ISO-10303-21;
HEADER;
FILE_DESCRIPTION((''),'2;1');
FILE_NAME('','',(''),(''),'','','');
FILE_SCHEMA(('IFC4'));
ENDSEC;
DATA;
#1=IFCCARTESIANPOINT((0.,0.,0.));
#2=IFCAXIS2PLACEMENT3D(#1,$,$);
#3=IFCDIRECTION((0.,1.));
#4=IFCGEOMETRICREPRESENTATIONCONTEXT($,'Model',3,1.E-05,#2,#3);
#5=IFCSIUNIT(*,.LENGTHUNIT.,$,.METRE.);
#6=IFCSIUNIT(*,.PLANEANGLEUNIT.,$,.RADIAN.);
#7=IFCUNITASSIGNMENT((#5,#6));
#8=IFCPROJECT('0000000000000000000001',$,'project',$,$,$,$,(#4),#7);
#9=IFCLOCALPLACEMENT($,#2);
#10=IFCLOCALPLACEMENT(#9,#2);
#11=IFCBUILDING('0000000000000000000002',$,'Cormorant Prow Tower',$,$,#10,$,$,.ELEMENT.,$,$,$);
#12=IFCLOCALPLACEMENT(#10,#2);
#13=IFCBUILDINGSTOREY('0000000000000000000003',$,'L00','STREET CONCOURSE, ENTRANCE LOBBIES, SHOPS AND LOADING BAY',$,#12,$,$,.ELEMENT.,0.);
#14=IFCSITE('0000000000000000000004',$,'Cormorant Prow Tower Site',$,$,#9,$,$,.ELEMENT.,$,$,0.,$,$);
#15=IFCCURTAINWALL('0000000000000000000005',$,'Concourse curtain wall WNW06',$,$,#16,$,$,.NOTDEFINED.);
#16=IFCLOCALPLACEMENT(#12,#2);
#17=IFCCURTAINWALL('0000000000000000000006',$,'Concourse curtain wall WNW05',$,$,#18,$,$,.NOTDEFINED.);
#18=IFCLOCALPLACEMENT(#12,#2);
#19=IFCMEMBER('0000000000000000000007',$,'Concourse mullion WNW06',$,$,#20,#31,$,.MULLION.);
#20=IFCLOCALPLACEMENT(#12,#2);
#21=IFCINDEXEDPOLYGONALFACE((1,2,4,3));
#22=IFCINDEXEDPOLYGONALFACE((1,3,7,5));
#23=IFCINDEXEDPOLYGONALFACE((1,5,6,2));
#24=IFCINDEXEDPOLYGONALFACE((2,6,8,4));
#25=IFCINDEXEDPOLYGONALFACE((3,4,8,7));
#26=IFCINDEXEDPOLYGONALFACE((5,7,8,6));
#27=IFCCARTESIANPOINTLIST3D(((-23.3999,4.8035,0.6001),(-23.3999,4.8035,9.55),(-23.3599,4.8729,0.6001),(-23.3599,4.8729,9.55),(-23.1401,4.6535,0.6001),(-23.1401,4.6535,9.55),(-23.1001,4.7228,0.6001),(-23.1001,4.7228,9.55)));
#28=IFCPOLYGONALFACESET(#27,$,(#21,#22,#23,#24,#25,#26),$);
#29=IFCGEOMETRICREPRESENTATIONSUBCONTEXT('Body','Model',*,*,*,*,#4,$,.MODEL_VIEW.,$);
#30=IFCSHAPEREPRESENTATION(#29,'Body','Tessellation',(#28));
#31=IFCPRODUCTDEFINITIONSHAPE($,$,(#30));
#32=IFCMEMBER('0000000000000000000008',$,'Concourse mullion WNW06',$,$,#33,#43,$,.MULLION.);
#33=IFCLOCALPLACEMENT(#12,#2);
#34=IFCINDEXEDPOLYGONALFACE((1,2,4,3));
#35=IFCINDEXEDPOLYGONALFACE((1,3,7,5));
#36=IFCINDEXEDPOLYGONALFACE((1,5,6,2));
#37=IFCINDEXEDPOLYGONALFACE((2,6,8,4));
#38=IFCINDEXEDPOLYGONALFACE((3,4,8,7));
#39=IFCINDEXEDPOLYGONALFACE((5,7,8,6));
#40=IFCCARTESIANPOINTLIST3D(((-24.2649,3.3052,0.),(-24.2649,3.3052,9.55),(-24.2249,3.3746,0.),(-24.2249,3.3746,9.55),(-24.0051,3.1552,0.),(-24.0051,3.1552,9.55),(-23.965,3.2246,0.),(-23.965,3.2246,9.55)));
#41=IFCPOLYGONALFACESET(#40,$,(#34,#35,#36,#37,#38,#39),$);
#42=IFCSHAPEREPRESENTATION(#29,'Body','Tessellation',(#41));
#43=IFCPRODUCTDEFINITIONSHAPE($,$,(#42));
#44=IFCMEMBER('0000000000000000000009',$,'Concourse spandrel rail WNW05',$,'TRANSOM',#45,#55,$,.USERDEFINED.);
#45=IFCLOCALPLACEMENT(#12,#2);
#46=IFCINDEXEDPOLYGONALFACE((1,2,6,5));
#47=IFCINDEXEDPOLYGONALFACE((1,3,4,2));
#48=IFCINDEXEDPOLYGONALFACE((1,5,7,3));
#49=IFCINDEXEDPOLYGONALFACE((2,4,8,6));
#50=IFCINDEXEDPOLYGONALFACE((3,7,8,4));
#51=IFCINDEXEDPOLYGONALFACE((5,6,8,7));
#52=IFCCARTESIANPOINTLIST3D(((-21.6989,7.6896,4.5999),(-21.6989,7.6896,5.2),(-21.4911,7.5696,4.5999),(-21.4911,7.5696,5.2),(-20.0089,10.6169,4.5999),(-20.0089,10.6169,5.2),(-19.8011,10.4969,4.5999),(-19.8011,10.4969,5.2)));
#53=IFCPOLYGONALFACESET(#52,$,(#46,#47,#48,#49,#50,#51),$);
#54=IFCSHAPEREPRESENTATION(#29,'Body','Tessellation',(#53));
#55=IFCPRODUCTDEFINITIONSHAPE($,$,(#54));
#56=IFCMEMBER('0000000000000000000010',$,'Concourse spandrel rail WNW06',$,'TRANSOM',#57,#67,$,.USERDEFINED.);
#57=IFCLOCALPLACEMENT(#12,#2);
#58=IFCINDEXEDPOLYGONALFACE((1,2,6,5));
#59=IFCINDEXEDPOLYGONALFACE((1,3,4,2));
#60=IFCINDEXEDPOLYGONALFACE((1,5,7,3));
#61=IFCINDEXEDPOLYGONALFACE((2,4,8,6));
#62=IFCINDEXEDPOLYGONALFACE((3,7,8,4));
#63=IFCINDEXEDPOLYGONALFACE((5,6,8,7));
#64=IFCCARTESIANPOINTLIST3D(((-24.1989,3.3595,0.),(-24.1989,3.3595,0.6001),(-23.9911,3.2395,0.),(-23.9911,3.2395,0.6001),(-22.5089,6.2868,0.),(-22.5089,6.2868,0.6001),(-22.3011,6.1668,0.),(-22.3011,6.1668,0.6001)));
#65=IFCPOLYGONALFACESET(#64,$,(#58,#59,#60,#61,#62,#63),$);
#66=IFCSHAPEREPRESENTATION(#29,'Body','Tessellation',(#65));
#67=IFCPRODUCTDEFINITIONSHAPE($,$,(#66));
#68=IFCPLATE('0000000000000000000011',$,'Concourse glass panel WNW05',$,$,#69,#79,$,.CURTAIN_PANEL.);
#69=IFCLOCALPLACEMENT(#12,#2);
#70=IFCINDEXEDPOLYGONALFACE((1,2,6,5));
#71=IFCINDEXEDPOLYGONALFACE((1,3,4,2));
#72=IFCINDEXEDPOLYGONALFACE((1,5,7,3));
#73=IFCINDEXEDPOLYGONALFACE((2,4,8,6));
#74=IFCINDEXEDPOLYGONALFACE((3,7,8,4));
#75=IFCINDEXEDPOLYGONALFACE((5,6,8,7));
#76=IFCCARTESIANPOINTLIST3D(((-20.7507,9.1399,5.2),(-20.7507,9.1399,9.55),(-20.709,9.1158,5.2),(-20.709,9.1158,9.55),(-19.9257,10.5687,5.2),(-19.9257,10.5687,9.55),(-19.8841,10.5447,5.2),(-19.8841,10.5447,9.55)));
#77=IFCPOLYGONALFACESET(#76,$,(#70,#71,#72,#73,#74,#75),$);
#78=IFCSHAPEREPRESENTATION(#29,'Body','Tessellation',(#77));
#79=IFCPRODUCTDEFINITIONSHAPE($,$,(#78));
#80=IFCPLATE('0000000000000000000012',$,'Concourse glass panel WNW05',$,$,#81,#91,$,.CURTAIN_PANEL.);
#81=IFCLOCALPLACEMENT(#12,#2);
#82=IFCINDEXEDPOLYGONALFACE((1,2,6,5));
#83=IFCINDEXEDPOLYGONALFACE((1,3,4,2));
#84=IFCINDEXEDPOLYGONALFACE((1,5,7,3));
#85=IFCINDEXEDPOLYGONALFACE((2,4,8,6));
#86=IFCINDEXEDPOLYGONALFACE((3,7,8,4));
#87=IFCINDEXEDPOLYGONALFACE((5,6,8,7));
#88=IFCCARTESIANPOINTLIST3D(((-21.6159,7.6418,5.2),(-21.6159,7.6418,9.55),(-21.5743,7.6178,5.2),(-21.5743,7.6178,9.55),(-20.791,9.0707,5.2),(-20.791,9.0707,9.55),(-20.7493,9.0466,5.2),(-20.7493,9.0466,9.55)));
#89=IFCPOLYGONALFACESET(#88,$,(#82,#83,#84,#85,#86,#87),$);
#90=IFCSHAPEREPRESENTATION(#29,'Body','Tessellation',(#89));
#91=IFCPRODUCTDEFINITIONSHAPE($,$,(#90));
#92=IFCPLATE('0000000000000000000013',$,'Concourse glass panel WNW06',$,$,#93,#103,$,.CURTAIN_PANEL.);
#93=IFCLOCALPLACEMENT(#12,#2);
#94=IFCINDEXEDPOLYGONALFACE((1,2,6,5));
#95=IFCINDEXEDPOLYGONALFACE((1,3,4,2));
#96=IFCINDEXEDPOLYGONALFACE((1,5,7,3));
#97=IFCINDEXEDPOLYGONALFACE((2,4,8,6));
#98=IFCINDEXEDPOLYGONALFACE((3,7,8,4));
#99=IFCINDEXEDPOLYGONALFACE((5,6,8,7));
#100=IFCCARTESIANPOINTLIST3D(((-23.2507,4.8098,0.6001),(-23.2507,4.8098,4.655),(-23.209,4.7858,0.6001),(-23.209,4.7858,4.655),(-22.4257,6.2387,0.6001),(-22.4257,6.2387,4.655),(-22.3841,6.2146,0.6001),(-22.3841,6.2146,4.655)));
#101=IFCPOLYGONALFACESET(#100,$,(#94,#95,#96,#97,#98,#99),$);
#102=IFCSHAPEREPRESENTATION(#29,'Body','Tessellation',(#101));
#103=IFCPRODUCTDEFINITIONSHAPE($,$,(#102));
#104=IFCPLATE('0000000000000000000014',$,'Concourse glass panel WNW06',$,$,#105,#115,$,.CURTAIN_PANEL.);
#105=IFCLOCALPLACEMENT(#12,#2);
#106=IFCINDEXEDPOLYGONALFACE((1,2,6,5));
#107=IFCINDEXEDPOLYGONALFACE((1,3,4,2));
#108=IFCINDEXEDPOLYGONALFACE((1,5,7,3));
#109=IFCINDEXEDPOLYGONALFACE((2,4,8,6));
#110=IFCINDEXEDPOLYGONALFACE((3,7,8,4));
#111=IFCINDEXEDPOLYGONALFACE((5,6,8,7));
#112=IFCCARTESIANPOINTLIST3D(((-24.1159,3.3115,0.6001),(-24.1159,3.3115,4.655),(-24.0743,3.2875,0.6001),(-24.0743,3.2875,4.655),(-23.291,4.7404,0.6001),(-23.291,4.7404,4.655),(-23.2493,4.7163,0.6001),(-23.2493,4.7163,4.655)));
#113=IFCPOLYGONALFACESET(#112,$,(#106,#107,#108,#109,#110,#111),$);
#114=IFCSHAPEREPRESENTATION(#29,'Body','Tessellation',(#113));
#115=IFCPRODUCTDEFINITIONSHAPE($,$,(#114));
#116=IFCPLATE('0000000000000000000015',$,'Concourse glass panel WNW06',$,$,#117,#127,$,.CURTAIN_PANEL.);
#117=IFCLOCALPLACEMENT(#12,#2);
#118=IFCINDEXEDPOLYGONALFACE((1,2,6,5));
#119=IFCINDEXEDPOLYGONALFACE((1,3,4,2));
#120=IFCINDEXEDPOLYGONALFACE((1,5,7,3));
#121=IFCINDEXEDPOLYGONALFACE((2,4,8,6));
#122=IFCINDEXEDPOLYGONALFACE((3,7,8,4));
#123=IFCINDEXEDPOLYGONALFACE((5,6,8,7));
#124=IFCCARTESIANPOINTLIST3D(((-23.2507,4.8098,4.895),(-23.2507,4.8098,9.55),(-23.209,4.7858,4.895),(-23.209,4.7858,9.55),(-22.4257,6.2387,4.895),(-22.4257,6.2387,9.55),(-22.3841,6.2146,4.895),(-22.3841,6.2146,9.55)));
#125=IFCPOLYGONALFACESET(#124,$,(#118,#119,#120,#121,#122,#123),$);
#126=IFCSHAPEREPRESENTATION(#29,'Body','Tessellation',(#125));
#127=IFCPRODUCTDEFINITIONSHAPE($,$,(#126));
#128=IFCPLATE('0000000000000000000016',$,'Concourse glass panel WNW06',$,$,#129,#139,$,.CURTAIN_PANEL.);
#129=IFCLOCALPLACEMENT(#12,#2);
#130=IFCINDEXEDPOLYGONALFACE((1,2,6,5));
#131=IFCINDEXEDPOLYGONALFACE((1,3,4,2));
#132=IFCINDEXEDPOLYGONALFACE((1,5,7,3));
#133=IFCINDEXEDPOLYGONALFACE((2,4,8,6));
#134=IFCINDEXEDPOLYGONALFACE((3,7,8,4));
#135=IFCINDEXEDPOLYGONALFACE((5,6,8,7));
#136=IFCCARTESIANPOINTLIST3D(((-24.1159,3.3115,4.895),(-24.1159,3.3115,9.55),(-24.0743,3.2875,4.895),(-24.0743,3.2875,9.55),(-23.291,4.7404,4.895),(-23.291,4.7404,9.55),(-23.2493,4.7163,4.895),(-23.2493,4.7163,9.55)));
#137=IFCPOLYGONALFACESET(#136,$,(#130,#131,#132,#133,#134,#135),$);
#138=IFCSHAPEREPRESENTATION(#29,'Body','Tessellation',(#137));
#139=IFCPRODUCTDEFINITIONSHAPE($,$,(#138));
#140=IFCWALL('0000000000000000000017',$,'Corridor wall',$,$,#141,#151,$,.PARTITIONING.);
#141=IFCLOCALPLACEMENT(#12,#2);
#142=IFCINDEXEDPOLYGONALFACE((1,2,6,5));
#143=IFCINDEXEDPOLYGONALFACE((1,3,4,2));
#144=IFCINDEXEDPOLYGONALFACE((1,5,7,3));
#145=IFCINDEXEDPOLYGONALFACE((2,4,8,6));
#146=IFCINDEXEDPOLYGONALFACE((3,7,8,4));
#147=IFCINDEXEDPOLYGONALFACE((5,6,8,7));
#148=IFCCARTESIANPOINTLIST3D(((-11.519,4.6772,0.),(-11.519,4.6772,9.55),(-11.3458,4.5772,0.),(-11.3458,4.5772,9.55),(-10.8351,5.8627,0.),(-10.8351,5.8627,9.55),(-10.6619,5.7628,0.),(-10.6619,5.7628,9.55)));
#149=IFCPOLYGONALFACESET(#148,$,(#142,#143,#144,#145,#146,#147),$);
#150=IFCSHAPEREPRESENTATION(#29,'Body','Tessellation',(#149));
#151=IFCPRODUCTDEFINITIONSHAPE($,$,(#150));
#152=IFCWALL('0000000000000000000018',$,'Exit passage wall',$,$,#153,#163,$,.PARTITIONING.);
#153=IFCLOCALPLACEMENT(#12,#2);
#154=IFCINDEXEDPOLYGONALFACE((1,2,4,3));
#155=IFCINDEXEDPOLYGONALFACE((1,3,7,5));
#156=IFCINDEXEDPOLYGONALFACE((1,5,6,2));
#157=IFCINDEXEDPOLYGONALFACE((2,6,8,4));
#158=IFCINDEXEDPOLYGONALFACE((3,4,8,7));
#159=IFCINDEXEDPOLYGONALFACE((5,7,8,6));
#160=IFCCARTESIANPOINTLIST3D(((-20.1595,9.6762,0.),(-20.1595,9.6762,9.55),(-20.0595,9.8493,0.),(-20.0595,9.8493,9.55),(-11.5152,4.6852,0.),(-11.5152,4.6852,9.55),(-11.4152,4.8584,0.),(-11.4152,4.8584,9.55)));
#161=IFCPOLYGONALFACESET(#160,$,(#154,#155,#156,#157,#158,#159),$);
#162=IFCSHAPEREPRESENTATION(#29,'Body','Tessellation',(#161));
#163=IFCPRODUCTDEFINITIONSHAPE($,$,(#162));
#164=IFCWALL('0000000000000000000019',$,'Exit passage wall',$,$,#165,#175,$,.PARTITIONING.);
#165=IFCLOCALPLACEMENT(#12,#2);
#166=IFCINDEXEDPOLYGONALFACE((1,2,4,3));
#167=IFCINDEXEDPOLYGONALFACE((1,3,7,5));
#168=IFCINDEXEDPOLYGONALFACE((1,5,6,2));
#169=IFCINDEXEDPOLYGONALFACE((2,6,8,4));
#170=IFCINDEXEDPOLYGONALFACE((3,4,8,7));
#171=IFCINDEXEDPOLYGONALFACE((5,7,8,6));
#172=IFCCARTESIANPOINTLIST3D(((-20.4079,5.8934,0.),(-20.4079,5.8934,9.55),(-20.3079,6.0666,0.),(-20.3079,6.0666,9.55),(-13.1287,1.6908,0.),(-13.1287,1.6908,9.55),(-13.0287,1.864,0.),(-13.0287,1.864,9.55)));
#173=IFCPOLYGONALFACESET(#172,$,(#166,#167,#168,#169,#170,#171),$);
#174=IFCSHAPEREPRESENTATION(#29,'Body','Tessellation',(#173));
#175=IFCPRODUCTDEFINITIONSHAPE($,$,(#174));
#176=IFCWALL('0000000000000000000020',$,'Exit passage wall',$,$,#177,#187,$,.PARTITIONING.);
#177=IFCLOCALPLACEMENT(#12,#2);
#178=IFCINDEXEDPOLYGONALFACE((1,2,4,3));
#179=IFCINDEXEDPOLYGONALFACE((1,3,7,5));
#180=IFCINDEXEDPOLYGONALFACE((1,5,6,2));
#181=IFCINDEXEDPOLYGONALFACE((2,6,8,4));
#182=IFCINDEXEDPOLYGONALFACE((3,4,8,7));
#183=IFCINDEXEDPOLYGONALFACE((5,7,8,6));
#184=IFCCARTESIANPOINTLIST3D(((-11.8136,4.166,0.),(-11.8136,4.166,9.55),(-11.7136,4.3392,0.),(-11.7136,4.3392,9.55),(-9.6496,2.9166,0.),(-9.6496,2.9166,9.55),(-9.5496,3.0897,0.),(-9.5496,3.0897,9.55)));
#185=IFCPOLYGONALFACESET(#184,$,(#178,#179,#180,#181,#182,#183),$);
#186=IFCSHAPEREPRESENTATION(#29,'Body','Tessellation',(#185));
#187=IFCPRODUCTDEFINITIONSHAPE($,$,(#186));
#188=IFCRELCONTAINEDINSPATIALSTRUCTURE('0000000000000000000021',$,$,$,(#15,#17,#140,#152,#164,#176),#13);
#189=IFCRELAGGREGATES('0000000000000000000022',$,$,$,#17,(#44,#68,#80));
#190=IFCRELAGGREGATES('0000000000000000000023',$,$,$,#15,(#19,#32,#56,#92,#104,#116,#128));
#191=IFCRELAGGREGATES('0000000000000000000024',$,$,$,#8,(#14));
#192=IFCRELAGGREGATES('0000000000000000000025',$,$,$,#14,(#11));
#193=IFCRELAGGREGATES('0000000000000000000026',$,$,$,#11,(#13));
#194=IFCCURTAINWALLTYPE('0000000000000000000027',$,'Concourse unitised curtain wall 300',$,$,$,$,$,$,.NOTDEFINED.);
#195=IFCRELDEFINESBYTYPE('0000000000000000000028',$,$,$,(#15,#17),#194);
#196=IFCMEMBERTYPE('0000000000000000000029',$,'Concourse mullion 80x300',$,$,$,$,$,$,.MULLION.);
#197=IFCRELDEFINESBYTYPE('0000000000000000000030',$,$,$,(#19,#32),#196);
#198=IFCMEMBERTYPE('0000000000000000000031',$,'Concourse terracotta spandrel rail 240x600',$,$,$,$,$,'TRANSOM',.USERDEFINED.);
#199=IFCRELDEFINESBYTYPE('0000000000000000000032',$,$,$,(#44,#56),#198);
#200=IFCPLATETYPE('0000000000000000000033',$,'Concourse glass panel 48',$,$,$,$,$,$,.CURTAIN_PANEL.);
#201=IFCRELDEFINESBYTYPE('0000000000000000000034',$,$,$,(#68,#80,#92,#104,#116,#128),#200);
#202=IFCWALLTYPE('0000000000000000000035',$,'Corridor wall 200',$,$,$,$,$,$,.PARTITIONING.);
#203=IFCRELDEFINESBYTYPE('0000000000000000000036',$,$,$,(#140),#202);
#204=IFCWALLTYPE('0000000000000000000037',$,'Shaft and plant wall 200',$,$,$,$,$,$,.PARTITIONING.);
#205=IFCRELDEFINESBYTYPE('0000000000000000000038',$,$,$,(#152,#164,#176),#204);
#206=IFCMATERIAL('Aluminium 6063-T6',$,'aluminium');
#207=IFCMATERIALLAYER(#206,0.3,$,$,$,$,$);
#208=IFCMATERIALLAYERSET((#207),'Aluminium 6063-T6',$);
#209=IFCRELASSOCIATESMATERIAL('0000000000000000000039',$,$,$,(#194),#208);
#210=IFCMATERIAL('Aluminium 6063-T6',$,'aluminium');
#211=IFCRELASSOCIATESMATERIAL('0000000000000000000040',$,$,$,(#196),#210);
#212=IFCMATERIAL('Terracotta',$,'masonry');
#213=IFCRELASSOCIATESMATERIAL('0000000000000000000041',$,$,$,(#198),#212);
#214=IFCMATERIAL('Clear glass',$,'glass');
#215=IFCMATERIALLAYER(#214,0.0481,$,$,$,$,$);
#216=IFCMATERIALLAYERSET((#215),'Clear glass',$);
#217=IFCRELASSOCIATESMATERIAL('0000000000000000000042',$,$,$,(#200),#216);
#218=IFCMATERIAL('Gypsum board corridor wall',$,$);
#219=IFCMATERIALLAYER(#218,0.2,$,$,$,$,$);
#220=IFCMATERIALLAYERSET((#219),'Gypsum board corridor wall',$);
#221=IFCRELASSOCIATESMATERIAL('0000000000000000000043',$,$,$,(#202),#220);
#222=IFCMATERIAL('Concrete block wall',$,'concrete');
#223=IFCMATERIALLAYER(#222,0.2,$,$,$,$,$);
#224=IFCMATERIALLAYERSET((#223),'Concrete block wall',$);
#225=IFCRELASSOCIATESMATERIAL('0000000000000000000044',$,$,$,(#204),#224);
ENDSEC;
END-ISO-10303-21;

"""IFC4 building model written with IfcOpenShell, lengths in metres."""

from ifc_helpers import new_model, si_unit, direction, frame, frame_2d, origin, origin_2d, place, context, subcontext, project, spatial, rectangle, extrude, material, layer, layer_set, material_profile, profile_set, type_object, element, aggregate, save


model = new_model("IFC4")

# Units and contexts
model_context = context("Model", 3, precision=1e-05, world=origin(), true_north=direction((0.0, 1.0)))
body_context = subcontext(model_context, "Body", "Model", "MODEL_VIEW")
ifc_project = project(units=[si_unit("LENGTHUNIT", "METRE"), si_unit("PLANEANGLEUNIT", "RADIAN")], contexts=[model_context])

# Site, building, storey
site_placement = place(None, origin())
site = spatial("IfcSite", under=ifc_project, at=site_placement, Name="Cormorant Prow Tower Site", CompositionType="ELEMENT", RefElevation=0.0)
building_placement = place(site_placement, origin())
building = spatial("IfcBuilding", under=site, at=building_placement, Name="Cormorant Prow Tower", CompositionType="ELEMENT")
storey_placement = place(building_placement, origin())
storey = spatial("IfcBuildingStorey", under=building, at=storey_placement, Name="L00", Description="STREET CONCOURSE, ENTRANCE LOBBIES, SHOPS AND LOADING BAY", CompositionType="ELEMENT", Elevation=0.0)

# Curtain wall
ifc_material_1 = material(Name="Aluminium 6063-T6", Category="aluminium")
ifc_layer_1 = layer(ifc_material_1, 0.3)
ifc_layer_set_1 = layer_set([ifc_layer_1], Name="Aluminium 6063-T6")
curtain_wall_type = type_object("IfcCurtainWallType", Name="Concourse unitised curtain wall 300", PredefinedType="NOTDEFINED", material=ifc_layer_set_1)
curtain_wall_1_placement = place(storey_placement, origin())
curtain_wall_1 = element("IfcCurtainWall", 1, at=curtain_wall_1_placement, inside=storey, type_object=curtain_wall_type, Name="Concourse curtain wall WNW06", PredefinedType="NOTDEFINED")

# Shared definitions
ifc_material_2 = material(Name="Aluminium 6063-T6", Category="aluminium")
ifc_material_profile_1 = material_profile(ifc_material_2, rectangle(XDim=0.3, YDim=0.0801, at=origin_2d()), Name="Concourse mullion 80x300")
ifc_profile_set_1 = profile_set([ifc_material_profile_1], Name="Aluminium 6063-T6")
member_type_1 = type_object("IfcMemberType", Name="Concourse mullion 80x300", PredefinedType="MULLION", material=ifc_profile_set_1)

# Curtain wall
curtain_wall_2_placement = place(storey_placement, origin())
curtain_wall_2 = element("IfcCurtainWall", 2, at=curtain_wall_2_placement, inside=storey, type_object=curtain_wall_type, Name="Concourse curtain wall WNW05", PredefinedType="NOTDEFINED")

# Members
member_1_placement = place(storey_placement, frame((-23.25, 4.7632, 0.6001), z_axis=(0.0, 0.0, 1.0), x_axis=(0.866025, -0.5, 0.0)))
member_1 = element("IfcMember", 3, at=member_1_placement, type_object=member_type_1, Name="Concourse mullion WNW06", PredefinedType="MULLION", context=body_context, shape_type="SweptSolid", body=[
    extrude(rectangle(XDim=0.3, YDim=0.0801, at=origin_2d()), origin(), (0.0, 0.0, 1.0), 8.95),
])
member_2_placement = place(storey_placement, frame((-24.115, 3.2649, 0.0), z_axis=(0.0, 0.0, 1.0), x_axis=(0.866025, -0.5, 0.0)))
member_2 = element("IfcMember", 4, at=member_2_placement, type_object=member_type_1, Name="Concourse mullion WNW06", PredefinedType="MULLION", context=body_context, shape_type="SweptSolid", body=[
    extrude(rectangle(XDim=0.3, YDim=0.0801, at=origin_2d()), origin(), (0.0, 0.0, 1.0), 9.55),
])
ifc_material_3 = material(Name="Terracotta", Category="masonry")
ifc_material_profile_2 = material_profile(ifc_material_3, rectangle(XDim=0.24, YDim=0.6001, at=origin_2d()), Name="Concourse terracotta spandrel rail 240x600")
ifc_profile_set_2 = profile_set([ifc_material_profile_2], Name="Terracotta")
member_type_2 = type_object("IfcMemberType", Name="Concourse terracotta spandrel rail 240x600", ElementType="TRANSOM", PredefinedType="USERDEFINED", material=ifc_profile_set_2)
member_3_placement = place(storey_placement, frame((-19.905, 10.5569, 4.8999), z_axis=(-0.499977, -0.866039, 0.0), x_axis=(0.866039, -0.499977, 0.0)))
member_3 = element("IfcMember", 5, at=member_3_placement, type_object=member_type_2, Name="Concourse spandrel rail WNW05", ObjectType="TRANSOM", PredefinedType="USERDEFINED", context=body_context, shape_type="SweptSolid", body=[
    extrude(rectangle(XDim=0.24, YDim=0.6001, at=origin_2d()), origin(), (0.0, 0.0, 1.0), 3.3801),
])
member_4_placement = place(storey_placement, frame((-22.405, 6.2268, 0.3), z_axis=(-0.499977, -0.866039, 0.0), x_axis=(0.866039, -0.499977, 0.0)))
member_4 = element("IfcMember", 6, at=member_4_placement, type_object=member_type_2, Name="Concourse spandrel rail WNW06", ObjectType="TRANSOM", PredefinedType="USERDEFINED", context=body_context, shape_type="SweptSolid", body=[
    extrude(rectangle(XDim=0.24, YDim=0.6001, at=origin_2d()), origin(), (0.0, 0.0, 1.0), 3.3801),
])

# Plates
ifc_material_4 = material(Name="Clear glass", Category="glass")
ifc_layer_2 = layer(ifc_material_4, 0.0481)
ifc_layer_set_2 = layer_set([ifc_layer_2], Name="Clear glass")
plate_type = type_object("IfcPlateType", Name="Concourse glass panel 48", PredefinedType="CURTAIN_PANEL", material=ifc_layer_set_2)
plate_1_placement = place(storey_placement, frame((-20.3174, 9.8423, 5.2), z_axis=(0.0, 0.0, 1.0), x_axis=(-0.5, -0.866025, 0.0)))
plate_1 = element("IfcPlate", 7, at=plate_1_placement, type_object=plate_type, Name="Concourse glass panel WNW05", PredefinedType="CURTAIN_PANEL", context=body_context, shape_type="SweptSolid", body=[
    extrude(rectangle(XDim=1.6499, YDim=0.0481, at=origin_2d()), origin(), (0.0, 0.0, 1.0), 4.3501),
])
plate_2_placement = place(storey_placement, frame((-21.1826, 8.3442, 5.2), z_axis=(0.0, 0.0, 1.0), x_axis=(-0.5, -0.866025, 0.0)))
plate_2 = element("IfcPlate", 8, at=plate_2_placement, type_object=plate_type, Name="Concourse glass panel WNW05", PredefinedType="CURTAIN_PANEL", context=body_context, shape_type="SweptSolid", body=[
    extrude(rectangle(XDim=1.6499, YDim=0.0481, at=origin_2d()), origin(), (0.0, 0.0, 1.0), 4.3501),
])
aggregate(curtain_wall_2, [member_3, plate_1, plate_2])
plate_3_placement = place(storey_placement, frame((-22.8174, 5.5122, 0.6001), z_axis=(0.0, 0.0, 1.0), x_axis=(-0.5, -0.866025, 0.0)))
plate_3 = element("IfcPlate", 9, at=plate_3_placement, type_object=plate_type, Name="Concourse glass panel WNW06", PredefinedType="CURTAIN_PANEL", context=body_context, shape_type="SweptSolid", body=[
    extrude(rectangle(XDim=1.6499, YDim=0.0481, at=origin_2d()), origin(), (0.0, 0.0, 1.0), 4.0549),
])
plate_4_placement = place(storey_placement, frame((-23.6826, 4.0139, 0.6001), z_axis=(0.0, 0.0, 1.0), x_axis=(-0.5, -0.866025, 0.0)))
plate_4 = element("IfcPlate", 10, at=plate_4_placement, type_object=plate_type, Name="Concourse glass panel WNW06", PredefinedType="CURTAIN_PANEL", context=body_context, shape_type="SweptSolid", body=[
    extrude(rectangle(XDim=1.6499, YDim=0.0481, at=origin_2d()), origin(), (0.0, 0.0, 1.0), 4.0549),
])
plate_5_placement = place(storey_placement, frame((-22.8174, 5.5122, 4.895), z_axis=(0.0, 0.0, 1.0), x_axis=(-0.5, -0.866025, 0.0)))
plate_5 = element("IfcPlate", 11, at=plate_5_placement, type_object=plate_type, Name="Concourse glass panel WNW06", PredefinedType="CURTAIN_PANEL", context=body_context, shape_type="SweptSolid", body=[
    extrude(rectangle(XDim=1.6499, YDim=0.0481, at=origin_2d()), origin(), (0.0, 0.0, 1.0), 4.655),
])
plate_6_placement = place(storey_placement, frame((-23.6826, 4.0139, 4.895), z_axis=(0.0, 0.0, 1.0), x_axis=(-0.5, -0.866025, 0.0)))
plate_6 = element("IfcPlate", 12, at=plate_6_placement, type_object=plate_type, Name="Concourse glass panel WNW06", PredefinedType="CURTAIN_PANEL", context=body_context, shape_type="SweptSolid", body=[
    extrude(rectangle(XDim=1.6499, YDim=0.0481, at=origin_2d()), origin(), (0.0, 0.0, 1.0), 4.655),
])
aggregate(curtain_wall_1, [member_1, member_2, member_4, plate_3, plate_4, plate_5, plate_6])

# Walls
ifc_material_5 = material(Name="Gypsum board corridor wall")
ifc_layer_3 = layer(ifc_material_5, 0.2)
ifc_layer_set_3 = layer_set([ifc_layer_3], Name="Gypsum board corridor wall")
wall_type_1 = type_object("IfcWallType", Name="Corridor wall 200", PredefinedType="PARTITIONING", material=ifc_layer_set_3)
wall_1_placement = place(storey_placement, frame((-11.4324, 4.6272, 0.0), z_axis=(0.0, 0.0, 1.0), x_axis=(0.49965, 0.866227, 0.0)))
element("IfcWall", 13, at=wall_1_placement, inside=storey, type_object=wall_type_1, Name="Corridor wall", PredefinedType="PARTITIONING", context=body_context, shape_type="SweptSolid", body=[
    extrude(rectangle(XDim=1.3687, YDim=0.2, at=frame_2d((0.6843, 0.0))), origin(), (0.0, 0.0, 1.0), 9.55),
])
ifc_material_6 = material(Name="Concrete block wall", Category="concrete")
ifc_layer_4 = layer(ifc_material_6, 0.2)
ifc_layer_set_4 = layer_set([ifc_layer_4], Name="Concrete block wall")
wall_type_2 = type_object("IfcWallType", Name="Shaft and plant wall 200", PredefinedType="PARTITIONING", material=ifc_layer_set_4)
wall_2_placement = place(storey_placement, frame((-20.1094, 9.7627, 0.0), z_axis=(0.0, 0.0, 1.0), x_axis=(0.866017, -0.500014, 0.0)))
element("IfcWall", 14, at=wall_2_placement, inside=storey, type_object=wall_type_2, Name="Exit passage wall", PredefinedType="PARTITIONING", context=body_context, shape_type="SweptSolid", body=[
    extrude(rectangle(XDim=9.9817, YDim=0.2, at=frame_2d((4.9907, 0.0))), origin(), (0.0, 0.0, 1.0), 9.55),
])
wall_3_placement = place(storey_placement, frame((-20.3579, 5.98, 0.0), z_axis=(0.0, 0.0, 1.0), x_axis=(0.866029, -0.499994, 0.0)))
element("IfcWall", 15, at=wall_3_placement, inside=storey, type_object=wall_type_2, Name="Exit passage wall", PredefinedType="PARTITIONING", context=body_context, shape_type="SweptSolid", body=[
    extrude(rectangle(XDim=8.4053, YDim=0.2, at=frame_2d((4.2026, 0.0))), origin(), (0.0, 0.0, 1.0), 9.55),
])
wall_4_placement = place(storey_placement, frame((-11.7637, 4.2527, 0.0), z_axis=(0.0, 0.0, 1.0), x_axis=(0.86601, -0.500027, 0.0)))
element("IfcWall", 16, at=wall_4_placement, inside=storey, type_object=wall_type_2, Name="Exit passage wall", PredefinedType="PARTITIONING", context=body_context, shape_type="SweptSolid", body=[
    extrude(rectangle(XDim=2.4988, YDim=0.2, at=frame_2d((1.2495, 0.0))), origin(), (0.0, 0.0, 1.0), 9.55),
])

save(model, "model.ifc")
